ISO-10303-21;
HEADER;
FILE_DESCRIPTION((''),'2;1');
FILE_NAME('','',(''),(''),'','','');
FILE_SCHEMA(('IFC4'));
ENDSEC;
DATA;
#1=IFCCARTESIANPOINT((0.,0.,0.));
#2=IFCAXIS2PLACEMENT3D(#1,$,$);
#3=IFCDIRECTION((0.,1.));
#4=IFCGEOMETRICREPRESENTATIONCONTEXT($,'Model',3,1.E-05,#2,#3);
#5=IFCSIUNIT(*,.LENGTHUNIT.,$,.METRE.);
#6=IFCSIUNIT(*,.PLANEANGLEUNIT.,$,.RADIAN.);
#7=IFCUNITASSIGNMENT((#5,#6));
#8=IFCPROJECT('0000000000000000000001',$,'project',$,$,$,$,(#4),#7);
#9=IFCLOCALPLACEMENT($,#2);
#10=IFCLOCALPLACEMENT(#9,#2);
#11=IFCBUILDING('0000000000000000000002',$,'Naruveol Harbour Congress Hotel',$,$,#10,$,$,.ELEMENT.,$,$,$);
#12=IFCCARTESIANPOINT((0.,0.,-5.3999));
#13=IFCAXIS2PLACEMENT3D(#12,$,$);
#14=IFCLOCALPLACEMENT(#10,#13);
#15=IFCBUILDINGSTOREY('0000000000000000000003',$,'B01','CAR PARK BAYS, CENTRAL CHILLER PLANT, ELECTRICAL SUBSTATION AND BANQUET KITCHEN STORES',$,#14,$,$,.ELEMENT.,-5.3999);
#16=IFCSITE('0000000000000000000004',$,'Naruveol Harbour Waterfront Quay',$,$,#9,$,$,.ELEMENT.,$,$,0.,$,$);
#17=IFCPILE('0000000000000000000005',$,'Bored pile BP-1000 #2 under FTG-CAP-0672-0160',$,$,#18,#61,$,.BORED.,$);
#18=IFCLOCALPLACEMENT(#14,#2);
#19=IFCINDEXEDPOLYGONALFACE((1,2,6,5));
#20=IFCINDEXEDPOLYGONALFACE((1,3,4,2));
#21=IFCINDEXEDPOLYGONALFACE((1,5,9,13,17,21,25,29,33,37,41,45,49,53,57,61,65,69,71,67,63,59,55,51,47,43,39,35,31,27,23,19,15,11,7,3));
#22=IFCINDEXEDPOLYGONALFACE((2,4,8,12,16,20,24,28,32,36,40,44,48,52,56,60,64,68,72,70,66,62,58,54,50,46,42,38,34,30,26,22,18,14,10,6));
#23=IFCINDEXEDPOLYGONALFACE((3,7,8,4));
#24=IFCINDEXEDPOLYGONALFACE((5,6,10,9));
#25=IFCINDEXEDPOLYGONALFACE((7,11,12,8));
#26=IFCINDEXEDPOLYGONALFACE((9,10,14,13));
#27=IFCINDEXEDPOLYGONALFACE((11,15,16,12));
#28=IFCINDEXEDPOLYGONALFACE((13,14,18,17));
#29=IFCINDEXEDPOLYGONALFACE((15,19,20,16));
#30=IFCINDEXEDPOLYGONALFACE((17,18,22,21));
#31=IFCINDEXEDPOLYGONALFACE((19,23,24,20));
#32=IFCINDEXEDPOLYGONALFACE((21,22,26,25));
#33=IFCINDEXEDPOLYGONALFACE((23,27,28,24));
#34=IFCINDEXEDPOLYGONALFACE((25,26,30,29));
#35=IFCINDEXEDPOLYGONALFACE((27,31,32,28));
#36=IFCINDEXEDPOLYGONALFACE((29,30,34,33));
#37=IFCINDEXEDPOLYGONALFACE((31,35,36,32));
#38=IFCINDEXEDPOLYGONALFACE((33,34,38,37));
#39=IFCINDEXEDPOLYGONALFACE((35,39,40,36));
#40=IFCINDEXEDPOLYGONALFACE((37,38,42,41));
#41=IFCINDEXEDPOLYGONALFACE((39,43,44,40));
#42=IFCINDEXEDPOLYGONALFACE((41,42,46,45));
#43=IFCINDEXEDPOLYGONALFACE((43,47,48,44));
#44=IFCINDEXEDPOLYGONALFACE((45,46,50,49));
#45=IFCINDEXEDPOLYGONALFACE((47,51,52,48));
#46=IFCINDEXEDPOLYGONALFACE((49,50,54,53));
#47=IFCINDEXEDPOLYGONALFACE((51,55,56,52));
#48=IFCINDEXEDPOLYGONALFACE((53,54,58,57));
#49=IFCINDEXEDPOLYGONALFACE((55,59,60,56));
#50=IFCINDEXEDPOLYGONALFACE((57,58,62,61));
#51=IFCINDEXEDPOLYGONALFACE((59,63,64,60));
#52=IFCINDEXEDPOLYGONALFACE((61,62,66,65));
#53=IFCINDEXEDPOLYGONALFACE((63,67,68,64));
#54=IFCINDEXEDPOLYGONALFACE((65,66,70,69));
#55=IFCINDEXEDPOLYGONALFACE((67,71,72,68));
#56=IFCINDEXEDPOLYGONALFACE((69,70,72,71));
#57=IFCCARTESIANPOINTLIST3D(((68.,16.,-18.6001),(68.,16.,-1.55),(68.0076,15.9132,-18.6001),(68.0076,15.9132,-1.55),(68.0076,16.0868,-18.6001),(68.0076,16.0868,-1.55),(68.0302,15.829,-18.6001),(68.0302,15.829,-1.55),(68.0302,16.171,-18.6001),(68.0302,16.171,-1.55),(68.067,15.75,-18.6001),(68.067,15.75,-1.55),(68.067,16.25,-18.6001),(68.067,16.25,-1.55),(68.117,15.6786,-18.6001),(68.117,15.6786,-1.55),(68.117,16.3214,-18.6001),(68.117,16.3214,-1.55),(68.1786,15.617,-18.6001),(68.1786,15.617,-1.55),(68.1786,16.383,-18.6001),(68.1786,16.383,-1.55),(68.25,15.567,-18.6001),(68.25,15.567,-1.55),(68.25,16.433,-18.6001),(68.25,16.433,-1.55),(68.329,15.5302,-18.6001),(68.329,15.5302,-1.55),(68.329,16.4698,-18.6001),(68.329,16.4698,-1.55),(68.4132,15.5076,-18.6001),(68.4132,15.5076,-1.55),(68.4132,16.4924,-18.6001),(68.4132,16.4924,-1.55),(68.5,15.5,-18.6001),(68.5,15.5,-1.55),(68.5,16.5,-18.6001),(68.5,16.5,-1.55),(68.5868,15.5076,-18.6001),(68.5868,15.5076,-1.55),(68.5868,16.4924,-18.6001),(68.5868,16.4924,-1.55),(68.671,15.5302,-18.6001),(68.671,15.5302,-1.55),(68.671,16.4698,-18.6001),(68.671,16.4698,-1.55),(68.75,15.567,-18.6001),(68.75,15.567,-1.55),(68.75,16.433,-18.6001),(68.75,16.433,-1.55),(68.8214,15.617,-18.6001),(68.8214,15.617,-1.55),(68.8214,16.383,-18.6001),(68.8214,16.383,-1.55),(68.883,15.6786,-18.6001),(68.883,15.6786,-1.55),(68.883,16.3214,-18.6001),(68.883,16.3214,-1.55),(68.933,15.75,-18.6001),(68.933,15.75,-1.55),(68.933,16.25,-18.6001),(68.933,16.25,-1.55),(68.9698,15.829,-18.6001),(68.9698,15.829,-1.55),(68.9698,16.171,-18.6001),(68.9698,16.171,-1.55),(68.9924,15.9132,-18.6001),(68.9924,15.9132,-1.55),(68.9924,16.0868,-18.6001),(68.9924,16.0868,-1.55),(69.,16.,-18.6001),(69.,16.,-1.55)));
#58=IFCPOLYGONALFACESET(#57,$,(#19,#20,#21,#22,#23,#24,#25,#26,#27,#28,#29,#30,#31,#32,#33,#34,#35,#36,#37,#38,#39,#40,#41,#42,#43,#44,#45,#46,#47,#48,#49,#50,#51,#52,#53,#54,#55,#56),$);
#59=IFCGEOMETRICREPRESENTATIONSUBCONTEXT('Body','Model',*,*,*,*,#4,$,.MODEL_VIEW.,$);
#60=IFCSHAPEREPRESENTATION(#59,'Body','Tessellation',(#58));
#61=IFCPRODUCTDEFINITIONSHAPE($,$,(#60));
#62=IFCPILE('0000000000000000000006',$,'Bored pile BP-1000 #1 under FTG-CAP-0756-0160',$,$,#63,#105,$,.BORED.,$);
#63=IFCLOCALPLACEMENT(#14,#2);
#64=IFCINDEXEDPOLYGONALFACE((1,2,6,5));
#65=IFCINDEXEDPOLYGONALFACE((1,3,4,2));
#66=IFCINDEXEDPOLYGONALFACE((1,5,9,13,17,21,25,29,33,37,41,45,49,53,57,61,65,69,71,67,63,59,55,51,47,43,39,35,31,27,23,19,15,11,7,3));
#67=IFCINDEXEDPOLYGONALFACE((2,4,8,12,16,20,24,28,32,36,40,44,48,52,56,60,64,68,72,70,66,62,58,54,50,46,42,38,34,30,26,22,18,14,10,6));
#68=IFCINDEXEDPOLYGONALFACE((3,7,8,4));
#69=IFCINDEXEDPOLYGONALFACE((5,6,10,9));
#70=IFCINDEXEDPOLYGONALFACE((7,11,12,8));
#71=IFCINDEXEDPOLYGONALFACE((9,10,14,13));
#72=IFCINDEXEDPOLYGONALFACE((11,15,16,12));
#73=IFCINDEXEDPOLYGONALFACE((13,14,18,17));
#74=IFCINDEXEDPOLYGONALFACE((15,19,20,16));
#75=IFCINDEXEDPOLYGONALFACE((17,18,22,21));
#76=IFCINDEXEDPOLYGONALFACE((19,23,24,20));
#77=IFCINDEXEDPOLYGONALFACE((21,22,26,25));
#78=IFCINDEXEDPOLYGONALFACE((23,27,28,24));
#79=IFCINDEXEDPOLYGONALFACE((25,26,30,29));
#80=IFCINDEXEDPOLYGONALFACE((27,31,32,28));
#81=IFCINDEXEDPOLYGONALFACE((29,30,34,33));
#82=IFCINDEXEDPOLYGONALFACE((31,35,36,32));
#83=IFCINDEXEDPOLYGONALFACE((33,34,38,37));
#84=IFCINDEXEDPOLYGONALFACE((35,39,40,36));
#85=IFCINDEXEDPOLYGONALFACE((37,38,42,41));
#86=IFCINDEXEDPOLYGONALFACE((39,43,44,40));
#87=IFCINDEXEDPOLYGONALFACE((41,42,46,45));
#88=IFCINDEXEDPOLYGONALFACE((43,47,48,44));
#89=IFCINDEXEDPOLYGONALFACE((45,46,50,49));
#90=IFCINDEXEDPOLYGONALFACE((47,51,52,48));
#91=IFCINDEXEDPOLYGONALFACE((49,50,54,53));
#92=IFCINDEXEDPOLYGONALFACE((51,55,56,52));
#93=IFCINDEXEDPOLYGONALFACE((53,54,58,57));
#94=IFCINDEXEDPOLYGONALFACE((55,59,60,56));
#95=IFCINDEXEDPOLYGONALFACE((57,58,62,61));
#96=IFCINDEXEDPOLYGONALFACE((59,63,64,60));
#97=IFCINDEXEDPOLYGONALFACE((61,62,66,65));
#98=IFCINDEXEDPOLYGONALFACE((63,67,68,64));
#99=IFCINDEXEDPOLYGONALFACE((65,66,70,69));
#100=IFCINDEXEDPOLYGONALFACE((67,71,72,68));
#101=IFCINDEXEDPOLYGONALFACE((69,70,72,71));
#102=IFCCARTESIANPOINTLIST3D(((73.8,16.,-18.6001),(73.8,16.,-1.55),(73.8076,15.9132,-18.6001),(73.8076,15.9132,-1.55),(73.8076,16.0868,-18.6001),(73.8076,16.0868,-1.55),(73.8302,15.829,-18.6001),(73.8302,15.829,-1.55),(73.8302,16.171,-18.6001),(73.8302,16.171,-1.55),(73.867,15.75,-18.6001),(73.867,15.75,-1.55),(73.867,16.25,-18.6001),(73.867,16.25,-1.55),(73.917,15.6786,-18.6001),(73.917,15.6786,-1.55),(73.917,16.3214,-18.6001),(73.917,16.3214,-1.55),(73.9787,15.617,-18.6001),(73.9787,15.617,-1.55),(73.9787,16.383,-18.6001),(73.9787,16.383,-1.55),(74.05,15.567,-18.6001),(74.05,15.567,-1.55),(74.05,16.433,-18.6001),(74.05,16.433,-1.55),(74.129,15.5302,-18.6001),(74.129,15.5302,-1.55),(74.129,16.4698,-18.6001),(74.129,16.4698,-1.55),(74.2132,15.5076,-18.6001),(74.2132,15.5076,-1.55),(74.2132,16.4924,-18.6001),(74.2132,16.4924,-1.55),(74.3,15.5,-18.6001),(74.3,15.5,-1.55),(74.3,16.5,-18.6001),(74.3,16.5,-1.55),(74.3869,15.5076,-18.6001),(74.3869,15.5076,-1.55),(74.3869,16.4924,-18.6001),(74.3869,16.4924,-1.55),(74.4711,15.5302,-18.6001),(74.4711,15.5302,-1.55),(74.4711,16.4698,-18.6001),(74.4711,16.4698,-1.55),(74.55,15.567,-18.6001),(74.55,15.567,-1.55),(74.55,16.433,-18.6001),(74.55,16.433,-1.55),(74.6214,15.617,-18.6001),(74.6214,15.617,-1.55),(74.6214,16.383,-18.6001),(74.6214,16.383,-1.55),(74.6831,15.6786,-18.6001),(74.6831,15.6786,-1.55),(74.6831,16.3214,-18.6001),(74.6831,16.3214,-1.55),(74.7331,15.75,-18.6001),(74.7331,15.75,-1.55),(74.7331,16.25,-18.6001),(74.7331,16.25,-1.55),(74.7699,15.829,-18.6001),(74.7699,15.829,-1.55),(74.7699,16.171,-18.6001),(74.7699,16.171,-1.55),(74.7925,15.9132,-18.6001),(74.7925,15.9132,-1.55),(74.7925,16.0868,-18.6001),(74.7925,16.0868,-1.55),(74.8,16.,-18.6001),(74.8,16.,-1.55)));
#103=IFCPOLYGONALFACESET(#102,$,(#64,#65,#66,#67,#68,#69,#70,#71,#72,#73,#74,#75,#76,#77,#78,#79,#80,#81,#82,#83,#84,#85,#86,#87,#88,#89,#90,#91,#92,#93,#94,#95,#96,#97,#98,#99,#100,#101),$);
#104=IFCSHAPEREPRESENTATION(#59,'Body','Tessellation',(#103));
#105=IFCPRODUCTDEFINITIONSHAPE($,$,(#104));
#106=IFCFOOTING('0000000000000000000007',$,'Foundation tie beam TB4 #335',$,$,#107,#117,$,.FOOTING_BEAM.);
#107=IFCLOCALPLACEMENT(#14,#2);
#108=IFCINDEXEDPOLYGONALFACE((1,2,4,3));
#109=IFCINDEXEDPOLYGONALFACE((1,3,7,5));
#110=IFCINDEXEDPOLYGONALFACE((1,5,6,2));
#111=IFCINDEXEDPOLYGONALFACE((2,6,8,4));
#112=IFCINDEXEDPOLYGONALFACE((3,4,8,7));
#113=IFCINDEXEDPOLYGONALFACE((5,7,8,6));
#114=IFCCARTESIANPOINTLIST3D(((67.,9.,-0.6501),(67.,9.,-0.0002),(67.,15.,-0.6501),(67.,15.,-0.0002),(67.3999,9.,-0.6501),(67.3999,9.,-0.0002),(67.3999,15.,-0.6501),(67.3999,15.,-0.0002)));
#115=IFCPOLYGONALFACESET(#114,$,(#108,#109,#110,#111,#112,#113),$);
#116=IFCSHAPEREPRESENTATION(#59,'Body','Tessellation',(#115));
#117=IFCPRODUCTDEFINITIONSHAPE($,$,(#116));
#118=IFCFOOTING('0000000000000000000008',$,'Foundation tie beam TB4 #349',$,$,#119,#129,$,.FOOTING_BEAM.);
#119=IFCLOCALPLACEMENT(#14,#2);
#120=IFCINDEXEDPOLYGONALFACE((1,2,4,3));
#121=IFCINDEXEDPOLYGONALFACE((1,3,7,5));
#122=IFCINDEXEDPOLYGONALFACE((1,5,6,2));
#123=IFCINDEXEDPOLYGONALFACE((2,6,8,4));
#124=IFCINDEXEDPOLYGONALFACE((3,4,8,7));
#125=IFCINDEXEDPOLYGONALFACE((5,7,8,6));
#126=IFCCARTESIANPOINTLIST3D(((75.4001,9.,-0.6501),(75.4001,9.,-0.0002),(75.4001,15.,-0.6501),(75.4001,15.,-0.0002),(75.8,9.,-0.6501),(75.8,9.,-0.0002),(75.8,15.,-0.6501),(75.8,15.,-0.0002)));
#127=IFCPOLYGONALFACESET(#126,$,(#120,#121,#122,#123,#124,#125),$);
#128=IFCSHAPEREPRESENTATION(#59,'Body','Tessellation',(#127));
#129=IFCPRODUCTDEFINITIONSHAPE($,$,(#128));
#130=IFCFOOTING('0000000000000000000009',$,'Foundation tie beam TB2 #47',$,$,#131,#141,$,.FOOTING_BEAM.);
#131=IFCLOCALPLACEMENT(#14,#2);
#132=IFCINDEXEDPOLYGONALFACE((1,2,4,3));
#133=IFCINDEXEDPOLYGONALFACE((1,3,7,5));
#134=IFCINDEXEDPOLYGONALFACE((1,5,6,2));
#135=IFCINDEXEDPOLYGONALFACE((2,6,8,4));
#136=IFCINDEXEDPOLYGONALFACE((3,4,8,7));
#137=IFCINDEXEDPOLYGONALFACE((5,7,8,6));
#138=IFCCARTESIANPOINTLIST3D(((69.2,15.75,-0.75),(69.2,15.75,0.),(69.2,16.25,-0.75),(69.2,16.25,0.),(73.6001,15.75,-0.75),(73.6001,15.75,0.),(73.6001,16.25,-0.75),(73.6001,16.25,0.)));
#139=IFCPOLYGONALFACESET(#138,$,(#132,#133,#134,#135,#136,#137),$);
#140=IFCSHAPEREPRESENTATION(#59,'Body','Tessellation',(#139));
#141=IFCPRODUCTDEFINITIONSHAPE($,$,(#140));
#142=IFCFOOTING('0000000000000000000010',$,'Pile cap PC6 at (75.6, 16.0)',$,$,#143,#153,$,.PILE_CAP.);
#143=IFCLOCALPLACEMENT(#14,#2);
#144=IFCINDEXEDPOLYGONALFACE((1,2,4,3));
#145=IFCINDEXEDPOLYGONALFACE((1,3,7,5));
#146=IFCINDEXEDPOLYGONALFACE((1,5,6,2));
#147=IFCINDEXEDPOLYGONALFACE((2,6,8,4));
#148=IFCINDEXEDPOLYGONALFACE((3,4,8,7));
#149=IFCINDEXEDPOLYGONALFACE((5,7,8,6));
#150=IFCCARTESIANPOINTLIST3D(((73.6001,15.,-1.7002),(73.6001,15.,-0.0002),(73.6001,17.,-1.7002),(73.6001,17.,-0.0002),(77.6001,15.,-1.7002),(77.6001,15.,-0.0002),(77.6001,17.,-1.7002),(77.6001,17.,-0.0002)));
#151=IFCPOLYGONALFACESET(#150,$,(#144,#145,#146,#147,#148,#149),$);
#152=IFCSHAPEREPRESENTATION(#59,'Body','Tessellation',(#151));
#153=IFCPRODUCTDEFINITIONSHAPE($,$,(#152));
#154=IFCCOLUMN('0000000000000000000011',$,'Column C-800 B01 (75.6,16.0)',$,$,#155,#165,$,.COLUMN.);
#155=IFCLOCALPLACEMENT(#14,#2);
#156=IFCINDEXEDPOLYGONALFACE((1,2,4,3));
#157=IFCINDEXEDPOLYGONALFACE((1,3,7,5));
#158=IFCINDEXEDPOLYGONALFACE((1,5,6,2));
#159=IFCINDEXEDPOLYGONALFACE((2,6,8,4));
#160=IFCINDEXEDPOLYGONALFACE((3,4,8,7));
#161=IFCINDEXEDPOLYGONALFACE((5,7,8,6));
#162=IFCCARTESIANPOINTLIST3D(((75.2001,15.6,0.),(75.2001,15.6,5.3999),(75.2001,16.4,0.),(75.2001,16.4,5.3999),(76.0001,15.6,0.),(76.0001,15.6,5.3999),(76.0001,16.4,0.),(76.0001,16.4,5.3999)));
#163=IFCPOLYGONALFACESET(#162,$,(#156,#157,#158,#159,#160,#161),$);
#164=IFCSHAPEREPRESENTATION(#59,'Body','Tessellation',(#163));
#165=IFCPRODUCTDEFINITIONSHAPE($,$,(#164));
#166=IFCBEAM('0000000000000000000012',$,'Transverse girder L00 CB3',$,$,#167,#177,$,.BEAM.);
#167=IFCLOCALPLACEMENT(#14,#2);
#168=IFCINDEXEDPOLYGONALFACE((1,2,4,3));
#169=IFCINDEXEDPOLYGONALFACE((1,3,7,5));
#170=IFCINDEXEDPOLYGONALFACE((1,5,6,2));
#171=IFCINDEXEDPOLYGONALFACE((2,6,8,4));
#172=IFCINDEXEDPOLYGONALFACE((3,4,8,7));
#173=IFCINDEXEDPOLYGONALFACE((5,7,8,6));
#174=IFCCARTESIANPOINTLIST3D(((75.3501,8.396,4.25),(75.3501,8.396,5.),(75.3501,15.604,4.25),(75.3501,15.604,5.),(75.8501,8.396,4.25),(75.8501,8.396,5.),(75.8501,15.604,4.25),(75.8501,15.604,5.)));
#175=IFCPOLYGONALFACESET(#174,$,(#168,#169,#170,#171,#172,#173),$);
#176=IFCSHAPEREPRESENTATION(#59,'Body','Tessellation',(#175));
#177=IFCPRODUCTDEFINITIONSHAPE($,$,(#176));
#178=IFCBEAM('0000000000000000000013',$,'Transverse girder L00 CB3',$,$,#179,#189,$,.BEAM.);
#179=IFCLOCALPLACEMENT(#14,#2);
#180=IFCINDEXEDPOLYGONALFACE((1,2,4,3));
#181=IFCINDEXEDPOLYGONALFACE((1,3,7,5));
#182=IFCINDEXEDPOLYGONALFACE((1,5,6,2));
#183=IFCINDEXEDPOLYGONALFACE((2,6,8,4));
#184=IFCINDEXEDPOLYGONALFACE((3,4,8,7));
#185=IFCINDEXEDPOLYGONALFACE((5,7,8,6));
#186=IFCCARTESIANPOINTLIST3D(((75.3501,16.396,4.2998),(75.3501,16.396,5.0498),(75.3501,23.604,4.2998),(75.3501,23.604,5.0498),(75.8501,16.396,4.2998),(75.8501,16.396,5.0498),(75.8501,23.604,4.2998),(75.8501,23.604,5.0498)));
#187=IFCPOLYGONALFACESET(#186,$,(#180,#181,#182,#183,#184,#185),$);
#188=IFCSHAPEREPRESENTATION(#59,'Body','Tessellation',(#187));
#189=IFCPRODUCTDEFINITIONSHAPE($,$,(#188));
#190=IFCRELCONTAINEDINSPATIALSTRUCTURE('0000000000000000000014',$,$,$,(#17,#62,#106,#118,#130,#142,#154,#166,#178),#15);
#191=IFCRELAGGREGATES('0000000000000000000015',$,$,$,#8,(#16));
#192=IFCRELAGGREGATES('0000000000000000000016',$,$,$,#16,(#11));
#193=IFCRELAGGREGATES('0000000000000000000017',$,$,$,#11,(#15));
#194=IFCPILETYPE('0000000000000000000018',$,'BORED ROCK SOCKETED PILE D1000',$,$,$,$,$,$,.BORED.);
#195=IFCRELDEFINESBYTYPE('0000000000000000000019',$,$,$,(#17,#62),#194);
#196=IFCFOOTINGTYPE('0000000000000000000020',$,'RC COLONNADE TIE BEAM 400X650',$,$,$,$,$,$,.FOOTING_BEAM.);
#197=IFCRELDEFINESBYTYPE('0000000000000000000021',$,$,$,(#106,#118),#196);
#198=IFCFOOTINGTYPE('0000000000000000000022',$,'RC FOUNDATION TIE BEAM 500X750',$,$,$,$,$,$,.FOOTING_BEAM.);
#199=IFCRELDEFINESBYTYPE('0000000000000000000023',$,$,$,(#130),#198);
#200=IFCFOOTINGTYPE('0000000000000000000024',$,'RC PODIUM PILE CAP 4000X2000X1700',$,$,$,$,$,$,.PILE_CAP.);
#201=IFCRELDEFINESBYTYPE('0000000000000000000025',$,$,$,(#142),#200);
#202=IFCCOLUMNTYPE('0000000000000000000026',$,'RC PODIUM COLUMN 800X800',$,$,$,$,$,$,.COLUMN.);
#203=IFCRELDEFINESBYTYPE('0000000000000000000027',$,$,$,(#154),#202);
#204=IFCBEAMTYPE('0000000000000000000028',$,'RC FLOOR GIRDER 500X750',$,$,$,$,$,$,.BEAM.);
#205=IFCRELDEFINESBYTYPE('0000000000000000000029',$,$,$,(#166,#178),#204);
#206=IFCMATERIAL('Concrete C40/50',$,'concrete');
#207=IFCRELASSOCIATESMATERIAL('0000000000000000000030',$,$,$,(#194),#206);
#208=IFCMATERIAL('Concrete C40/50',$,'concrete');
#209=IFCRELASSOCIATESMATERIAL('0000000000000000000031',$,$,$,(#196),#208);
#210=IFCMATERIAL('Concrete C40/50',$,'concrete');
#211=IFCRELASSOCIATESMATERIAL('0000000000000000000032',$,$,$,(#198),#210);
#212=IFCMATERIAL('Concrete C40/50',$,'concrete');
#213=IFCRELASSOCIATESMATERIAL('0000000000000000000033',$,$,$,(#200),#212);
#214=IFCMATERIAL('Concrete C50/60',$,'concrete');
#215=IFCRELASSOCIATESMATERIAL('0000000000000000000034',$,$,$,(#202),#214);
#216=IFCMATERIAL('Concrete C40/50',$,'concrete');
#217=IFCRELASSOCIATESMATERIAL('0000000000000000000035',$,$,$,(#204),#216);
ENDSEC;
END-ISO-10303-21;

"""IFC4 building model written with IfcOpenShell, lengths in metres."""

from ifc_helpers import new_model, si_unit, direction, frame, origin, origin_2d, place, context, subcontext, project, spatial, rectangle, circle, extrude, material, material_profile, profile_set, type_object, element, save


model = new_model("IFC4")

# Units and contexts
model_context = context("Model", 3, precision=1e-05, world=origin(), true_north=direction((0.0, 1.0)))
body_context = subcontext(model_context, "Body", "Model", "MODEL_VIEW")
ifc_project = project(units=[si_unit("LENGTHUNIT", "METRE"), si_unit("PLANEANGLEUNIT", "RADIAN")], contexts=[model_context])

# Site, building, storey
site_placement = place(None, origin())
site = spatial("IfcSite", under=ifc_project, at=site_placement, Name="Naruveol Harbour Waterfront Quay", CompositionType="ELEMENT", RefElevation=0.0)
building_placement = place(site_placement, origin())
building = spatial("IfcBuilding", under=site, at=building_placement, Name="Naruveol Harbour Congress Hotel", CompositionType="ELEMENT")
storey_placement = place(building_placement, frame((0.0, 0.0, -5.3999)))
storey = spatial("IfcBuildingStorey", under=building, at=storey_placement, Name="B01", Description="CAR PARK BAYS, CENTRAL CHILLER PLANT, ELECTRICAL SUBSTATION AND BANQUET KITCHEN STORES", CompositionType="ELEMENT", Elevation=-5.3999)

# Piles
ifc_material_1 = material(Name="Concrete C40/50", Category="concrete")
ifc_material_profile_1 = material_profile(ifc_material_1, circle(Radius=0.5, at=origin_2d()), Name="BP-1000")
ifc_profile_set_1 = profile_set([ifc_material_profile_1], Name="Concrete C40/50")
pile_type = type_object("IfcPileType", Name="BORED ROCK SOCKETED PILE D1000", PredefinedType="BORED", material=ifc_profile_set_1)
for number, where, z_axis, x_axis, name in (
    (1, (68.5, 16.0, -1.55), (0.0, 0.0, -1.0), (1.0, 0.0, 0.0), "Bored pile BP-1000 #2 under FTG-CAP-0672-0160"),
    (2, (74.3, 16.0, -1.55), (0.0, 0.0, -1.0), (1.0, 0.0, 0.0), "Bored pile BP-1000 #1 under FTG-CAP-0756-0160"),
):
    element("IfcPile", number, at=place(storey_placement, frame(where, z_axis=z_axis, x_axis=x_axis)), inside=storey, type_object=pile_type, Name=name, PredefinedType="BORED", context=body_context, shape_type="SweptSolid", body=[
        extrude(circle(Radius=0.5, at=origin_2d()), origin(), (0.0, 0.0, 1.0), 17.05),
    ])

# Footings
ifc_material_2 = material(Name="Concrete C40/50", Category="concrete")
ifc_material_profile_2 = material_profile(ifc_material_2, rectangle(XDim=0.3999, YDim=0.6499, at=origin_2d()), Name="RCB-400x650")
ifc_profile_set_2 = profile_set([ifc_material_profile_2], Name="Concrete C40/50")
footing_type_1 = type_object("IfcFootingType", Name="RC COLONNADE TIE BEAM 400X650", PredefinedType="FOOTING_BEAM", material=ifc_profile_set_2)
for number, where, z_axis, x_axis, name in (
    (3, (67.2, 9.0, -0.3252), (0.0, 1.0, 0.0), (-1.0, 0.0, 0.0), "Foundation tie beam TB4 #335"),
    (4, (75.6001, 9.0, -0.3252), (0.0, 1.0, 0.0), (-1.0, 0.0, 0.0), "Foundation tie beam TB4 #349"),
):
    element("IfcFooting", number, at=place(storey_placement, frame(where, z_axis=z_axis, x_axis=x_axis)), inside=storey, type_object=footing_type_1, Name=name, PredefinedType="FOOTING_BEAM", context=body_context, shape_type="SweptSolid", body=[
        extrude(rectangle(XDim=0.3999, YDim=0.6499, at=origin_2d()), origin(), (0.0, 0.0, 1.0), 6.0),
    ])
ifc_material_3 = material(Name="Concrete C40/50", Category="concrete")
ifc_material_profile_3 = material_profile(ifc_material_3, rectangle(XDim=0.5, YDim=0.75, at=origin_2d()), Name="RCB-500x750")
ifc_profile_set_3 = profile_set([ifc_material_profile_3], Name="Concrete C40/50")
footing_type_2 = type_object("IfcFootingType", Name="RC FOUNDATION TIE BEAM 500X750", PredefinedType="FOOTING_BEAM", material=ifc_profile_set_3)
footing_1_placement = place(storey_placement, frame((69.2, 16.0, -0.375), z_axis=(1.0, 0.0, 0.0), x_axis=(0.0, 1.0, 0.0)))
element("IfcFooting", 5, at=footing_1_placement, inside=storey, type_object=footing_type_2, Name="Foundation tie beam TB2 #47", PredefinedType="FOOTING_BEAM", context=body_context, shape_type="SweptSolid", body=[
    extrude(rectangle(XDim=0.5, YDim=0.75, at=origin_2d()), origin(), (0.0, 0.0, 1.0), 4.4001),
])
ifc_material_4 = material(Name="Concrete C40/50", Category="concrete")
footing_type_3 = type_object("IfcFootingType", Name="RC PODIUM PILE CAP 4000X2000X1700", PredefinedType="PILE_CAP", material=ifc_material_4)
footing_2_placement = place(storey_placement, frame((75.6001, 16.0, -1.7002), z_axis=(0.0, 0.0, 1.0), x_axis=(1.0, 0.0, 0.0)))
element("IfcFooting", 6, at=footing_2_placement, inside=storey, type_object=footing_type_3, Name="Pile cap PC6 at (75.6, 16.0)", PredefinedType="PILE_CAP", context=body_context, shape_type="SweptSolid", body=[
    extrude(rectangle(XDim=4.0, YDim=2.0, at=origin_2d()), origin(), (0.0, 0.0, 1.0), 1.7),
])

# Column
ifc_material_5 = material(Name="Concrete C50/60", Category="concrete")
ifc_material_profile_4 = material_profile(ifc_material_5, rectangle(XDim=0.8, YDim=0.8, at=origin_2d()), Name="RC-800x800")
ifc_profile_set_4 = profile_set([ifc_material_profile_4], Name="Concrete C50/60")
column_type = type_object("IfcColumnType", Name="RC PODIUM COLUMN 800X800", PredefinedType="COLUMN", material=ifc_profile_set_4)
column_placement = place(storey_placement, frame((75.6001, 16.0, 0.0), z_axis=(0.0, 0.0, 1.0), x_axis=(1.0, 0.0, 0.0)))
element("IfcColumn", 7, at=column_placement, inside=storey, type_object=column_type, Name="Column C-800 B01 (75.6,16.0)", PredefinedType="COLUMN", context=body_context, shape_type="SweptSolid", body=[
    extrude(rectangle(XDim=0.8, YDim=0.8, at=origin_2d()), origin(), (0.0, 0.0, 1.0), 5.3999),
])

# Beams
ifc_material_6 = material(Name="Concrete C40/50", Category="concrete")
ifc_material_profile_5 = material_profile(ifc_material_6, rectangle(XDim=0.5, YDim=0.75, at=origin_2d()), Name="RCB-500x750")
ifc_profile_set_5 = profile_set([ifc_material_profile_5], Name="Concrete C40/50")
beam_type_1 = type_object("IfcBeamType", Name="RC FLOOR GIRDER 500X750", PredefinedType="BEAM", material=ifc_profile_set_5)
for number, where, z_axis, x_axis, name in (
    (8, (75.6001, 8.396, 4.625), (0.0, 1.0, 0.0), (-1.0, 0.0, 0.0), "Transverse girder L00 CB3"),
    (9, (75.6001, 16.396, 4.6748), (0.0, 1.0, 0.0), (-1.0, 0.0, 0.0), "Transverse girder L00 CB3"),
):
    element("IfcBeam", number, at=place(storey_placement, frame(where, z_axis=z_axis, x_axis=x_axis)), inside=storey, type_object=beam_type_1, Name=name, PredefinedType="BEAM", context=body_context, shape_type="SweptSolid", body=[
        extrude(rectangle(XDim=0.5, YDim=0.75, at=origin_2d()), origin(), (0.0, 0.0, 1.0), 7.208),
    ])

save(model, "model.ifc")
